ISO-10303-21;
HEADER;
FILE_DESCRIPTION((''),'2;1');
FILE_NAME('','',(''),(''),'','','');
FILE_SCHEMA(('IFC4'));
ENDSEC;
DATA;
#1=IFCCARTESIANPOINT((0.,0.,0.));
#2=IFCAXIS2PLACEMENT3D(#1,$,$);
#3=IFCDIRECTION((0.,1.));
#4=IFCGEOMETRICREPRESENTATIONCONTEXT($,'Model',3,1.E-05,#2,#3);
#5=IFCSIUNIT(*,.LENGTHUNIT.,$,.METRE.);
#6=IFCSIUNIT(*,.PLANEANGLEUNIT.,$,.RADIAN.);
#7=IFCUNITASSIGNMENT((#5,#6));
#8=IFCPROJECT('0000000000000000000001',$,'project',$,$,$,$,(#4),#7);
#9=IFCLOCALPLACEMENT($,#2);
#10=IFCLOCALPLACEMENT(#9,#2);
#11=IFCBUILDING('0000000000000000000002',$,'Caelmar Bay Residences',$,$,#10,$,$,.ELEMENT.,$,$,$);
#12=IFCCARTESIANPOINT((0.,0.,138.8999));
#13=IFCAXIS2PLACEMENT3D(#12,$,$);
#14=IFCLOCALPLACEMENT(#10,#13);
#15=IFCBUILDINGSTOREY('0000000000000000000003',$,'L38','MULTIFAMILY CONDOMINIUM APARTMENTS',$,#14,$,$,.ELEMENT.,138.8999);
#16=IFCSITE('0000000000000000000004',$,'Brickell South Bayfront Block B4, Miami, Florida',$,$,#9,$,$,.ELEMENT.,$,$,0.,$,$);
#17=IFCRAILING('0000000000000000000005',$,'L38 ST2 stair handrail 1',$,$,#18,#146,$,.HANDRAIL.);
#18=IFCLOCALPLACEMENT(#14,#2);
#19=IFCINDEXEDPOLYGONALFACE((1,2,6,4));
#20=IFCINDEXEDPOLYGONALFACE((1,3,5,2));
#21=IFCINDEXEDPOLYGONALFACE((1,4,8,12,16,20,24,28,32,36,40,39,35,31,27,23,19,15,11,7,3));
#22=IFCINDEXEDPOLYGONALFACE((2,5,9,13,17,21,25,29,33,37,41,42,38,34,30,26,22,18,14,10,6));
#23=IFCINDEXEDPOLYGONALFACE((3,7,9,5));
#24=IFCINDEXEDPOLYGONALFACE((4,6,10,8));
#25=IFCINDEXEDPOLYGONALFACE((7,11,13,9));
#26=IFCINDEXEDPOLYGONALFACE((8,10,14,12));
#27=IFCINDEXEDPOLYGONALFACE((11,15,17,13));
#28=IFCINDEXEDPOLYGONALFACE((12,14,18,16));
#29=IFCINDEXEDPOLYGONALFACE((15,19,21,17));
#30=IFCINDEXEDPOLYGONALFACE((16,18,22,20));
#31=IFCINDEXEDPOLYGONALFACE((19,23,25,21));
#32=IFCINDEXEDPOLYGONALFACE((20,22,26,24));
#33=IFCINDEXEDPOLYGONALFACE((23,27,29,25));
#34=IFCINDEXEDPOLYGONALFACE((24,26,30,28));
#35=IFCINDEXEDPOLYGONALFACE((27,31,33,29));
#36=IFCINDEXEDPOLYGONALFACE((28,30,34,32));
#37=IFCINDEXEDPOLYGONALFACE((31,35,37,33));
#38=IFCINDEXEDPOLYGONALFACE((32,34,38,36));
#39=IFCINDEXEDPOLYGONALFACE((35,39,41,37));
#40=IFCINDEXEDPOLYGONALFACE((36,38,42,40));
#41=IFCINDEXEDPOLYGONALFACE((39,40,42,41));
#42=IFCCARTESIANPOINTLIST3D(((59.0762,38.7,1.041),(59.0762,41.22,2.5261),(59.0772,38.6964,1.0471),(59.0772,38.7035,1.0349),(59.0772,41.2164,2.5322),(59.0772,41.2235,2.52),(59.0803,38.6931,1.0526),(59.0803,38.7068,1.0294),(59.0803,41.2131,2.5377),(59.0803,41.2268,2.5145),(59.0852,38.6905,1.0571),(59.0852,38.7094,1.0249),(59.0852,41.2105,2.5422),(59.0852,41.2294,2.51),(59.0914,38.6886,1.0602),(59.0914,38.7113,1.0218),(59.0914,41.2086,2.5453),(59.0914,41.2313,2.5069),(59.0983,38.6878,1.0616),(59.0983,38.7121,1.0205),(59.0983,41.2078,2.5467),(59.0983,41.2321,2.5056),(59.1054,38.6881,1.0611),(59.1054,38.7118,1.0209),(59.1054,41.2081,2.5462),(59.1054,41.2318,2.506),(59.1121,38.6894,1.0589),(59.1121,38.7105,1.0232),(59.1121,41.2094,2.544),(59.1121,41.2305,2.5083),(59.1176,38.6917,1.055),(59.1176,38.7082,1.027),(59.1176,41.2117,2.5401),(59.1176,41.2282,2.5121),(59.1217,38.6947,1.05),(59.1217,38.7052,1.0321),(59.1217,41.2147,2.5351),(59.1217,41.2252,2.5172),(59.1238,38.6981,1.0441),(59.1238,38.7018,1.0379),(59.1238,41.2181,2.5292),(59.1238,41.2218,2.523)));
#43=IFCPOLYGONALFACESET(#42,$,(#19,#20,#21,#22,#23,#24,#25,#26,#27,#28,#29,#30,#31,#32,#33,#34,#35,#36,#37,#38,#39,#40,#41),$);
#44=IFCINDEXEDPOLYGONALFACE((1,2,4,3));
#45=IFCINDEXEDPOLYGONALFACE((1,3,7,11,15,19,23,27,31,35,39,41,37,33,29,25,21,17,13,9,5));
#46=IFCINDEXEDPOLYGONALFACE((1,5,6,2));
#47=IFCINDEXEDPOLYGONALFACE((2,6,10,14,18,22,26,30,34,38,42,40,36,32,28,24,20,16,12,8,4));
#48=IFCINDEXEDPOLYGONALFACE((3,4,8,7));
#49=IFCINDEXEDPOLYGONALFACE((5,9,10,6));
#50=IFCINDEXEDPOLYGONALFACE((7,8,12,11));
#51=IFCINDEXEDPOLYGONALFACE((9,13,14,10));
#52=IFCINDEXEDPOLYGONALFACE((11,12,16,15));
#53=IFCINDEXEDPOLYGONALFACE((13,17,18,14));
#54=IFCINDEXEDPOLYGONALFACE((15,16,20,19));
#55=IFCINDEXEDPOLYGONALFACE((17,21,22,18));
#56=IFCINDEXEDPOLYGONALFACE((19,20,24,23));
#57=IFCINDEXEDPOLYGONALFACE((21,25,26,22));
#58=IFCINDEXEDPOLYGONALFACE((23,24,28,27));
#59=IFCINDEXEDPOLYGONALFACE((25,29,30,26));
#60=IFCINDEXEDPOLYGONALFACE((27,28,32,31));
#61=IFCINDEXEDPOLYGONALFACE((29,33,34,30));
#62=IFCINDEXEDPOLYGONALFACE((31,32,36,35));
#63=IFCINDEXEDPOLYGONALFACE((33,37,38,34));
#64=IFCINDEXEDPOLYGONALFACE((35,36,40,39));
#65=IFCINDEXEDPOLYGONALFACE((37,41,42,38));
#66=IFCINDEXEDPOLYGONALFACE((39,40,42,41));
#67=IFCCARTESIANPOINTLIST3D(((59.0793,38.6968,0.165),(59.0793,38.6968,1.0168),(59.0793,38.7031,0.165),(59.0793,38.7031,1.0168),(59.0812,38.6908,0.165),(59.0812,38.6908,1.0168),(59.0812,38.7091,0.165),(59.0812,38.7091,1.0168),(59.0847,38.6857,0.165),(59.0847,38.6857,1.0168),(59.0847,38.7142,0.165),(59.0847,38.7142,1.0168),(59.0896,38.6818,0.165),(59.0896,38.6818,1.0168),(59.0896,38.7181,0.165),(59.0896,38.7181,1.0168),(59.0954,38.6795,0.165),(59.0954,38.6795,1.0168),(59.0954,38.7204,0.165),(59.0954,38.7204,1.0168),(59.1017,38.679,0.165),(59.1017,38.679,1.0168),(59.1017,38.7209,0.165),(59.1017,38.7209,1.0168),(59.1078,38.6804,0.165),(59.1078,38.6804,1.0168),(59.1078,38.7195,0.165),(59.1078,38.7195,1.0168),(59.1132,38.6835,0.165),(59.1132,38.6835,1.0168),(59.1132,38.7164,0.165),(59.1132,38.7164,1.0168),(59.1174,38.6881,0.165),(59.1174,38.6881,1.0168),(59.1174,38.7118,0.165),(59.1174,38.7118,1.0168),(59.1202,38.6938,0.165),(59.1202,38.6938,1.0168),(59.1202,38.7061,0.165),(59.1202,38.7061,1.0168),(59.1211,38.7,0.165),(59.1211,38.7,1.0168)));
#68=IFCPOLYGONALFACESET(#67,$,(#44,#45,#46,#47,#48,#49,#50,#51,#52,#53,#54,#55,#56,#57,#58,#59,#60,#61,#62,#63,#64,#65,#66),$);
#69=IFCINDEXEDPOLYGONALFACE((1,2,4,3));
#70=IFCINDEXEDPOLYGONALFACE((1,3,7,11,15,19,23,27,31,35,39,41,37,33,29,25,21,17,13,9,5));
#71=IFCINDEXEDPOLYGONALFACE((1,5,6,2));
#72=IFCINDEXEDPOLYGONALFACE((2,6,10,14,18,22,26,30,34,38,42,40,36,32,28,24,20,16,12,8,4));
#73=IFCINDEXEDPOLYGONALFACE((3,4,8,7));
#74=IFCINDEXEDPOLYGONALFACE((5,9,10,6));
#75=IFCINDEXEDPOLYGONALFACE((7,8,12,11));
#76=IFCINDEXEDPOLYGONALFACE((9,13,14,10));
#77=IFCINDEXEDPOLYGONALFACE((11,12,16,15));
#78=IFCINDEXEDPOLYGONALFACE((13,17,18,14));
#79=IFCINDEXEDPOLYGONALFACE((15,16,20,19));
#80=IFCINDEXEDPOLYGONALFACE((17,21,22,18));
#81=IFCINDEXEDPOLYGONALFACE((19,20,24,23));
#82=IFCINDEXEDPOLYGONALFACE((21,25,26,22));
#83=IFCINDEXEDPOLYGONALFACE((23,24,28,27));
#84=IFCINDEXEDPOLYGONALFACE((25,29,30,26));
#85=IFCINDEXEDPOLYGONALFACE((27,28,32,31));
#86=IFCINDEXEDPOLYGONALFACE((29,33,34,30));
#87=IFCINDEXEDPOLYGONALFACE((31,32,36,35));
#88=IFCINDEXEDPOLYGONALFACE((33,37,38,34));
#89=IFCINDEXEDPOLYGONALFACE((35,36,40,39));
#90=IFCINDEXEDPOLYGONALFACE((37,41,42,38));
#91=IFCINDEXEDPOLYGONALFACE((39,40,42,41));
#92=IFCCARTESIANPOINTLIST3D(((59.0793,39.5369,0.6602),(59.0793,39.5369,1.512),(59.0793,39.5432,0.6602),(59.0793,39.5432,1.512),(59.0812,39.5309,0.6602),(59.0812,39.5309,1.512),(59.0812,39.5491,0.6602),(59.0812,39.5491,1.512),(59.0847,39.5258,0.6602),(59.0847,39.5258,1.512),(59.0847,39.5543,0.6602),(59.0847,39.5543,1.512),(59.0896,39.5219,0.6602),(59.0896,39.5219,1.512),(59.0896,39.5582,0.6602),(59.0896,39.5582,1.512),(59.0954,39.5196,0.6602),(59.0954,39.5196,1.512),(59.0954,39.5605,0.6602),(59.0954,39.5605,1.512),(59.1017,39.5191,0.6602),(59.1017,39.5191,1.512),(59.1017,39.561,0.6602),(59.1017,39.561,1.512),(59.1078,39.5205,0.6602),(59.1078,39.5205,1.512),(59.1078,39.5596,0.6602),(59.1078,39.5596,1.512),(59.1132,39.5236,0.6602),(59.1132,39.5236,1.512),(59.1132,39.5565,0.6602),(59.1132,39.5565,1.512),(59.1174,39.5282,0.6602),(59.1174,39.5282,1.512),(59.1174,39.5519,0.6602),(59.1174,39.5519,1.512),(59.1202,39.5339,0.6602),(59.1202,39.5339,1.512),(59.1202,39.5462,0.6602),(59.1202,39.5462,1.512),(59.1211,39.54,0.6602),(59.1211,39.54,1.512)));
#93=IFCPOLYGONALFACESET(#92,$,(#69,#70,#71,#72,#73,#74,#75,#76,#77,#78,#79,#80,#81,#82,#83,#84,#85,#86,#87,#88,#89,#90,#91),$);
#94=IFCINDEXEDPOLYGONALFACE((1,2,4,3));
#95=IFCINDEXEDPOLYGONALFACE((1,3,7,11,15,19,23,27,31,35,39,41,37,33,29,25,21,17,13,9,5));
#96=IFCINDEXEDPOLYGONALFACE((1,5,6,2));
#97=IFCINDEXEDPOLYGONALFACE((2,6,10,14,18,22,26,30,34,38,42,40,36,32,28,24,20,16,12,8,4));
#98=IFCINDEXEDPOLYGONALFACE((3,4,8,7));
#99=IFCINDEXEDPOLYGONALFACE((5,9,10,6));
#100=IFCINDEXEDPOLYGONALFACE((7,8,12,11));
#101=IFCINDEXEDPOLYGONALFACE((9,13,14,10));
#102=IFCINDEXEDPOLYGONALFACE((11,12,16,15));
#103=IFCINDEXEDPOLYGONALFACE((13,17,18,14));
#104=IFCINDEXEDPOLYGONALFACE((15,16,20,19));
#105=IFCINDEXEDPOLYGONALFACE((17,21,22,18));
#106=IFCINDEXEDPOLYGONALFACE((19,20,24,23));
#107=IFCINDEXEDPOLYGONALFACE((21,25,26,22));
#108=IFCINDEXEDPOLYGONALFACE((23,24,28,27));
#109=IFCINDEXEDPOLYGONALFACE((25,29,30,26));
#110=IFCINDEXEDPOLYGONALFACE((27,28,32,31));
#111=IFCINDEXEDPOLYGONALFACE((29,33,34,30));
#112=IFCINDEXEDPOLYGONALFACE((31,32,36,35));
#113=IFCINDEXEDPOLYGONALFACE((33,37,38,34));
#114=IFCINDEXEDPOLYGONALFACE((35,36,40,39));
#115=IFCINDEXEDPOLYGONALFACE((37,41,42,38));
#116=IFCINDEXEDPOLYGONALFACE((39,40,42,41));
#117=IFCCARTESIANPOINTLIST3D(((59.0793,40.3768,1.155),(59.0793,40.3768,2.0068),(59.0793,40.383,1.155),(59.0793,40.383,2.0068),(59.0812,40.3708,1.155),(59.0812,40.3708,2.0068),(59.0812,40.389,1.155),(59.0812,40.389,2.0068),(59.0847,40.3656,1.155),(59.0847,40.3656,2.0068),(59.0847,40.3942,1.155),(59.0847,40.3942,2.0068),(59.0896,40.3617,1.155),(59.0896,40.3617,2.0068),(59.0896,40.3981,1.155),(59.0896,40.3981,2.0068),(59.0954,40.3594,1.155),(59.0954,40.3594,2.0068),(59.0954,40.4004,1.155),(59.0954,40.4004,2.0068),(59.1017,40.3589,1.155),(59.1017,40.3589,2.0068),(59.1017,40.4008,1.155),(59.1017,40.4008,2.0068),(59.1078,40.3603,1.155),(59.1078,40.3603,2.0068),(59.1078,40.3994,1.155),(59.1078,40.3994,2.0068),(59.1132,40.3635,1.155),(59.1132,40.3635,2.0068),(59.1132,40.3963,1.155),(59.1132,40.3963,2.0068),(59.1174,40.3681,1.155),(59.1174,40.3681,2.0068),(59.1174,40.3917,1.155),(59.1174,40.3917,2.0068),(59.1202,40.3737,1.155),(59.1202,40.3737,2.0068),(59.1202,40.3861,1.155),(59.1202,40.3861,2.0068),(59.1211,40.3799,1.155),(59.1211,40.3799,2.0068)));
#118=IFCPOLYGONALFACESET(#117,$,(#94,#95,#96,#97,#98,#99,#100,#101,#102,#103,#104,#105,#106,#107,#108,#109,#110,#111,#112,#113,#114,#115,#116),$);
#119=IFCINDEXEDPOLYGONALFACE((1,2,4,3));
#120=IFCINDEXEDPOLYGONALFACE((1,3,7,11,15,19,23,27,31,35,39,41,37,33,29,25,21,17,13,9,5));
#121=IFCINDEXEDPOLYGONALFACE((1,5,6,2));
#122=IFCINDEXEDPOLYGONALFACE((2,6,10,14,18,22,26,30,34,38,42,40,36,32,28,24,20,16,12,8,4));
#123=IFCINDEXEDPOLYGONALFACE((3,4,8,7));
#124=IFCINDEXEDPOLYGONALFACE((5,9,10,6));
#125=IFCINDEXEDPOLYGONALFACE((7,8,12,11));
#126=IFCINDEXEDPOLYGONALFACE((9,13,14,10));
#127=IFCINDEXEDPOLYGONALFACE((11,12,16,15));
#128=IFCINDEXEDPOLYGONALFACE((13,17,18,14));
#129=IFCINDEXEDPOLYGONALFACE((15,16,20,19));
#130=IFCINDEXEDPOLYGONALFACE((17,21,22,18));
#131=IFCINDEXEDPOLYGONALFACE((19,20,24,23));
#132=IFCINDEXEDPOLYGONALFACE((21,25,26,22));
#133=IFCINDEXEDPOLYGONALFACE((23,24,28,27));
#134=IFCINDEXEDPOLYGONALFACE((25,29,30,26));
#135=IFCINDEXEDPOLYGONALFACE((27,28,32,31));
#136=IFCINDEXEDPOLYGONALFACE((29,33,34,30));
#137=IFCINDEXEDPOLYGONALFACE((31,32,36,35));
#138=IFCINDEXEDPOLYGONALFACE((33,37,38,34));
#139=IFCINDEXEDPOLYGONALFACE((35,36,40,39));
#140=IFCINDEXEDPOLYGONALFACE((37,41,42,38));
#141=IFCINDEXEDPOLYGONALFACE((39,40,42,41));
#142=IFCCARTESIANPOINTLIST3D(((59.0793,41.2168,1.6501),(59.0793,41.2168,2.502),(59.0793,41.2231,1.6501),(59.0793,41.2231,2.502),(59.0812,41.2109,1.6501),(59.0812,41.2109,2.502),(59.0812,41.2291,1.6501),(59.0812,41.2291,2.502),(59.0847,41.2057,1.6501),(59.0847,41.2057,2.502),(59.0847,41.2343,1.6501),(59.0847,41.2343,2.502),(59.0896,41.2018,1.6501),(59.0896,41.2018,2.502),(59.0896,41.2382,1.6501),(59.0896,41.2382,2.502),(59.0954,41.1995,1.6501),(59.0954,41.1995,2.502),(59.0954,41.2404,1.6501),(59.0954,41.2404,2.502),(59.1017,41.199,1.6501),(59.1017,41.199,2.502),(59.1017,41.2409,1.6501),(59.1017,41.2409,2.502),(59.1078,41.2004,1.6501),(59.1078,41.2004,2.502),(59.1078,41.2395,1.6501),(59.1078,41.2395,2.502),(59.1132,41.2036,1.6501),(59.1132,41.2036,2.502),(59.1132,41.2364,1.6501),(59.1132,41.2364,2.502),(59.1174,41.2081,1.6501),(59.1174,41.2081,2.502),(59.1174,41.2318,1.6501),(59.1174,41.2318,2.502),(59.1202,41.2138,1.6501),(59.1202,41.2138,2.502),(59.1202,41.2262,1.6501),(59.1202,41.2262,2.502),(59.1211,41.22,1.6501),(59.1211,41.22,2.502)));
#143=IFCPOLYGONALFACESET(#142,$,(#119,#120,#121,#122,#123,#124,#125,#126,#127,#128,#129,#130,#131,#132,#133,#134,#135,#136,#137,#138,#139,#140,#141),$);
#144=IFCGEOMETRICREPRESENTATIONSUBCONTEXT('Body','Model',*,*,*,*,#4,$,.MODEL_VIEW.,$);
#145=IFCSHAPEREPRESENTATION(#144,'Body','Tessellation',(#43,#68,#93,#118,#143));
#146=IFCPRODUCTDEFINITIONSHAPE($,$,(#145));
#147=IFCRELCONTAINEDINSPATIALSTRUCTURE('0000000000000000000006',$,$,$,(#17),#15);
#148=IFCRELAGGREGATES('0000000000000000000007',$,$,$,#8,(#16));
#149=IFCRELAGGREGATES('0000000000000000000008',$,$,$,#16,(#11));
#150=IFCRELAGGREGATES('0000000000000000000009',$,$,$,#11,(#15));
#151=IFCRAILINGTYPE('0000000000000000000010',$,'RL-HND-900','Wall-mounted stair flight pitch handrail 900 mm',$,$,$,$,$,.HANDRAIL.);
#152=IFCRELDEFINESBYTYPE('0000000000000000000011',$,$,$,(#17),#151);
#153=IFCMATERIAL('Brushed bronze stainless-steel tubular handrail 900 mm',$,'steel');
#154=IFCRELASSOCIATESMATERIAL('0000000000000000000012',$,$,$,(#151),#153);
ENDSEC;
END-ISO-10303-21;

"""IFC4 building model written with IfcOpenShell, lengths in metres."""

from ifc_helpers import new_model, si_unit, direction, frame, origin, origin_2d, place, context, subcontext, project, spatial, circle, extrude, material, type_object, element, save


model = new_model("IFC4")

# Units and contexts
model_context = context("Model", 3, precision=1e-05, world=origin(), true_north=direction((0.0, 1.0)))
body_context = subcontext(model_context, "Body", "Model", "MODEL_VIEW")
ifc_project = project(units=[si_unit("LENGTHUNIT", "METRE"), si_unit("PLANEANGLEUNIT", "RADIAN")], contexts=[model_context])

# Site, building, storey
site_placement = place(None, origin())
site = spatial("IfcSite", under=ifc_project, at=site_placement, Name="Brickell South Bayfront Block B4, Miami, Florida", CompositionType="ELEMENT", RefElevation=0.0)
building_placement = place(site_placement, origin())
building = spatial("IfcBuilding", under=site, at=building_placement, Name="Caelmar Bay Residences", CompositionType="ELEMENT")
storey_placement = place(building_placement, frame((0.0, 0.0, 138.8999)))
storey = spatial("IfcBuildingStorey", under=building, at=storey_placement, Name="L38", Description="MULTIFAMILY CONDOMINIUM APARTMENTS", CompositionType="ELEMENT", Elevation=138.8999)

# Railing
ifc_material_1 = material(Name="Brushed bronze stainless-steel tubular handrail 900 mm", Category="steel")
railing_type_1 = type_object("IfcRailingType", Name="RL-HND-900", Description="Wall-mounted stair flight pitch handrail 900 mm", PredefinedType="HANDRAIL", material=ifc_material_1)
railing_1_placement = place(storey_placement, frame((59.1001, 38.7, 0.165)))
element("IfcRailing", 1, at=railing_1_placement, inside=storey, type_object=railing_type_1, Name="L38 ST2 stair handrail 1", PredefinedType="HANDRAIL", context=body_context, shape_type="SweptSolid", body=[
    extrude(circle(Radius=0.0239, at=origin_2d()), frame((0.0, 0.0, 0.876), z_axis=(0.0, 0.861524, 0.507717), x_axis=(-1.0, 0.0, 0.0)), (0.0, 0.0, 1.0), 2.925),
    extrude(circle(Radius=0.021, at=origin_2d()), origin(), (0.0, 0.0, 1.0), 0.8518),
    extrude(circle(Radius=0.021, at=origin_2d()), frame((0.0, 0.8401, 0.4951)), (0.0, 0.0, 1.0), 0.8518),
    extrude(circle(Radius=0.021, at=origin_2d()), frame((0.0, 1.6799, 0.99)), (0.0, 0.0, 1.0), 0.8518),
    extrude(circle(Radius=0.021, at=origin_2d()), frame((0.0, 2.52, 1.4851)), (0.0, 0.0, 1.0), 0.8518),
])

save(model, "model.ifc")
